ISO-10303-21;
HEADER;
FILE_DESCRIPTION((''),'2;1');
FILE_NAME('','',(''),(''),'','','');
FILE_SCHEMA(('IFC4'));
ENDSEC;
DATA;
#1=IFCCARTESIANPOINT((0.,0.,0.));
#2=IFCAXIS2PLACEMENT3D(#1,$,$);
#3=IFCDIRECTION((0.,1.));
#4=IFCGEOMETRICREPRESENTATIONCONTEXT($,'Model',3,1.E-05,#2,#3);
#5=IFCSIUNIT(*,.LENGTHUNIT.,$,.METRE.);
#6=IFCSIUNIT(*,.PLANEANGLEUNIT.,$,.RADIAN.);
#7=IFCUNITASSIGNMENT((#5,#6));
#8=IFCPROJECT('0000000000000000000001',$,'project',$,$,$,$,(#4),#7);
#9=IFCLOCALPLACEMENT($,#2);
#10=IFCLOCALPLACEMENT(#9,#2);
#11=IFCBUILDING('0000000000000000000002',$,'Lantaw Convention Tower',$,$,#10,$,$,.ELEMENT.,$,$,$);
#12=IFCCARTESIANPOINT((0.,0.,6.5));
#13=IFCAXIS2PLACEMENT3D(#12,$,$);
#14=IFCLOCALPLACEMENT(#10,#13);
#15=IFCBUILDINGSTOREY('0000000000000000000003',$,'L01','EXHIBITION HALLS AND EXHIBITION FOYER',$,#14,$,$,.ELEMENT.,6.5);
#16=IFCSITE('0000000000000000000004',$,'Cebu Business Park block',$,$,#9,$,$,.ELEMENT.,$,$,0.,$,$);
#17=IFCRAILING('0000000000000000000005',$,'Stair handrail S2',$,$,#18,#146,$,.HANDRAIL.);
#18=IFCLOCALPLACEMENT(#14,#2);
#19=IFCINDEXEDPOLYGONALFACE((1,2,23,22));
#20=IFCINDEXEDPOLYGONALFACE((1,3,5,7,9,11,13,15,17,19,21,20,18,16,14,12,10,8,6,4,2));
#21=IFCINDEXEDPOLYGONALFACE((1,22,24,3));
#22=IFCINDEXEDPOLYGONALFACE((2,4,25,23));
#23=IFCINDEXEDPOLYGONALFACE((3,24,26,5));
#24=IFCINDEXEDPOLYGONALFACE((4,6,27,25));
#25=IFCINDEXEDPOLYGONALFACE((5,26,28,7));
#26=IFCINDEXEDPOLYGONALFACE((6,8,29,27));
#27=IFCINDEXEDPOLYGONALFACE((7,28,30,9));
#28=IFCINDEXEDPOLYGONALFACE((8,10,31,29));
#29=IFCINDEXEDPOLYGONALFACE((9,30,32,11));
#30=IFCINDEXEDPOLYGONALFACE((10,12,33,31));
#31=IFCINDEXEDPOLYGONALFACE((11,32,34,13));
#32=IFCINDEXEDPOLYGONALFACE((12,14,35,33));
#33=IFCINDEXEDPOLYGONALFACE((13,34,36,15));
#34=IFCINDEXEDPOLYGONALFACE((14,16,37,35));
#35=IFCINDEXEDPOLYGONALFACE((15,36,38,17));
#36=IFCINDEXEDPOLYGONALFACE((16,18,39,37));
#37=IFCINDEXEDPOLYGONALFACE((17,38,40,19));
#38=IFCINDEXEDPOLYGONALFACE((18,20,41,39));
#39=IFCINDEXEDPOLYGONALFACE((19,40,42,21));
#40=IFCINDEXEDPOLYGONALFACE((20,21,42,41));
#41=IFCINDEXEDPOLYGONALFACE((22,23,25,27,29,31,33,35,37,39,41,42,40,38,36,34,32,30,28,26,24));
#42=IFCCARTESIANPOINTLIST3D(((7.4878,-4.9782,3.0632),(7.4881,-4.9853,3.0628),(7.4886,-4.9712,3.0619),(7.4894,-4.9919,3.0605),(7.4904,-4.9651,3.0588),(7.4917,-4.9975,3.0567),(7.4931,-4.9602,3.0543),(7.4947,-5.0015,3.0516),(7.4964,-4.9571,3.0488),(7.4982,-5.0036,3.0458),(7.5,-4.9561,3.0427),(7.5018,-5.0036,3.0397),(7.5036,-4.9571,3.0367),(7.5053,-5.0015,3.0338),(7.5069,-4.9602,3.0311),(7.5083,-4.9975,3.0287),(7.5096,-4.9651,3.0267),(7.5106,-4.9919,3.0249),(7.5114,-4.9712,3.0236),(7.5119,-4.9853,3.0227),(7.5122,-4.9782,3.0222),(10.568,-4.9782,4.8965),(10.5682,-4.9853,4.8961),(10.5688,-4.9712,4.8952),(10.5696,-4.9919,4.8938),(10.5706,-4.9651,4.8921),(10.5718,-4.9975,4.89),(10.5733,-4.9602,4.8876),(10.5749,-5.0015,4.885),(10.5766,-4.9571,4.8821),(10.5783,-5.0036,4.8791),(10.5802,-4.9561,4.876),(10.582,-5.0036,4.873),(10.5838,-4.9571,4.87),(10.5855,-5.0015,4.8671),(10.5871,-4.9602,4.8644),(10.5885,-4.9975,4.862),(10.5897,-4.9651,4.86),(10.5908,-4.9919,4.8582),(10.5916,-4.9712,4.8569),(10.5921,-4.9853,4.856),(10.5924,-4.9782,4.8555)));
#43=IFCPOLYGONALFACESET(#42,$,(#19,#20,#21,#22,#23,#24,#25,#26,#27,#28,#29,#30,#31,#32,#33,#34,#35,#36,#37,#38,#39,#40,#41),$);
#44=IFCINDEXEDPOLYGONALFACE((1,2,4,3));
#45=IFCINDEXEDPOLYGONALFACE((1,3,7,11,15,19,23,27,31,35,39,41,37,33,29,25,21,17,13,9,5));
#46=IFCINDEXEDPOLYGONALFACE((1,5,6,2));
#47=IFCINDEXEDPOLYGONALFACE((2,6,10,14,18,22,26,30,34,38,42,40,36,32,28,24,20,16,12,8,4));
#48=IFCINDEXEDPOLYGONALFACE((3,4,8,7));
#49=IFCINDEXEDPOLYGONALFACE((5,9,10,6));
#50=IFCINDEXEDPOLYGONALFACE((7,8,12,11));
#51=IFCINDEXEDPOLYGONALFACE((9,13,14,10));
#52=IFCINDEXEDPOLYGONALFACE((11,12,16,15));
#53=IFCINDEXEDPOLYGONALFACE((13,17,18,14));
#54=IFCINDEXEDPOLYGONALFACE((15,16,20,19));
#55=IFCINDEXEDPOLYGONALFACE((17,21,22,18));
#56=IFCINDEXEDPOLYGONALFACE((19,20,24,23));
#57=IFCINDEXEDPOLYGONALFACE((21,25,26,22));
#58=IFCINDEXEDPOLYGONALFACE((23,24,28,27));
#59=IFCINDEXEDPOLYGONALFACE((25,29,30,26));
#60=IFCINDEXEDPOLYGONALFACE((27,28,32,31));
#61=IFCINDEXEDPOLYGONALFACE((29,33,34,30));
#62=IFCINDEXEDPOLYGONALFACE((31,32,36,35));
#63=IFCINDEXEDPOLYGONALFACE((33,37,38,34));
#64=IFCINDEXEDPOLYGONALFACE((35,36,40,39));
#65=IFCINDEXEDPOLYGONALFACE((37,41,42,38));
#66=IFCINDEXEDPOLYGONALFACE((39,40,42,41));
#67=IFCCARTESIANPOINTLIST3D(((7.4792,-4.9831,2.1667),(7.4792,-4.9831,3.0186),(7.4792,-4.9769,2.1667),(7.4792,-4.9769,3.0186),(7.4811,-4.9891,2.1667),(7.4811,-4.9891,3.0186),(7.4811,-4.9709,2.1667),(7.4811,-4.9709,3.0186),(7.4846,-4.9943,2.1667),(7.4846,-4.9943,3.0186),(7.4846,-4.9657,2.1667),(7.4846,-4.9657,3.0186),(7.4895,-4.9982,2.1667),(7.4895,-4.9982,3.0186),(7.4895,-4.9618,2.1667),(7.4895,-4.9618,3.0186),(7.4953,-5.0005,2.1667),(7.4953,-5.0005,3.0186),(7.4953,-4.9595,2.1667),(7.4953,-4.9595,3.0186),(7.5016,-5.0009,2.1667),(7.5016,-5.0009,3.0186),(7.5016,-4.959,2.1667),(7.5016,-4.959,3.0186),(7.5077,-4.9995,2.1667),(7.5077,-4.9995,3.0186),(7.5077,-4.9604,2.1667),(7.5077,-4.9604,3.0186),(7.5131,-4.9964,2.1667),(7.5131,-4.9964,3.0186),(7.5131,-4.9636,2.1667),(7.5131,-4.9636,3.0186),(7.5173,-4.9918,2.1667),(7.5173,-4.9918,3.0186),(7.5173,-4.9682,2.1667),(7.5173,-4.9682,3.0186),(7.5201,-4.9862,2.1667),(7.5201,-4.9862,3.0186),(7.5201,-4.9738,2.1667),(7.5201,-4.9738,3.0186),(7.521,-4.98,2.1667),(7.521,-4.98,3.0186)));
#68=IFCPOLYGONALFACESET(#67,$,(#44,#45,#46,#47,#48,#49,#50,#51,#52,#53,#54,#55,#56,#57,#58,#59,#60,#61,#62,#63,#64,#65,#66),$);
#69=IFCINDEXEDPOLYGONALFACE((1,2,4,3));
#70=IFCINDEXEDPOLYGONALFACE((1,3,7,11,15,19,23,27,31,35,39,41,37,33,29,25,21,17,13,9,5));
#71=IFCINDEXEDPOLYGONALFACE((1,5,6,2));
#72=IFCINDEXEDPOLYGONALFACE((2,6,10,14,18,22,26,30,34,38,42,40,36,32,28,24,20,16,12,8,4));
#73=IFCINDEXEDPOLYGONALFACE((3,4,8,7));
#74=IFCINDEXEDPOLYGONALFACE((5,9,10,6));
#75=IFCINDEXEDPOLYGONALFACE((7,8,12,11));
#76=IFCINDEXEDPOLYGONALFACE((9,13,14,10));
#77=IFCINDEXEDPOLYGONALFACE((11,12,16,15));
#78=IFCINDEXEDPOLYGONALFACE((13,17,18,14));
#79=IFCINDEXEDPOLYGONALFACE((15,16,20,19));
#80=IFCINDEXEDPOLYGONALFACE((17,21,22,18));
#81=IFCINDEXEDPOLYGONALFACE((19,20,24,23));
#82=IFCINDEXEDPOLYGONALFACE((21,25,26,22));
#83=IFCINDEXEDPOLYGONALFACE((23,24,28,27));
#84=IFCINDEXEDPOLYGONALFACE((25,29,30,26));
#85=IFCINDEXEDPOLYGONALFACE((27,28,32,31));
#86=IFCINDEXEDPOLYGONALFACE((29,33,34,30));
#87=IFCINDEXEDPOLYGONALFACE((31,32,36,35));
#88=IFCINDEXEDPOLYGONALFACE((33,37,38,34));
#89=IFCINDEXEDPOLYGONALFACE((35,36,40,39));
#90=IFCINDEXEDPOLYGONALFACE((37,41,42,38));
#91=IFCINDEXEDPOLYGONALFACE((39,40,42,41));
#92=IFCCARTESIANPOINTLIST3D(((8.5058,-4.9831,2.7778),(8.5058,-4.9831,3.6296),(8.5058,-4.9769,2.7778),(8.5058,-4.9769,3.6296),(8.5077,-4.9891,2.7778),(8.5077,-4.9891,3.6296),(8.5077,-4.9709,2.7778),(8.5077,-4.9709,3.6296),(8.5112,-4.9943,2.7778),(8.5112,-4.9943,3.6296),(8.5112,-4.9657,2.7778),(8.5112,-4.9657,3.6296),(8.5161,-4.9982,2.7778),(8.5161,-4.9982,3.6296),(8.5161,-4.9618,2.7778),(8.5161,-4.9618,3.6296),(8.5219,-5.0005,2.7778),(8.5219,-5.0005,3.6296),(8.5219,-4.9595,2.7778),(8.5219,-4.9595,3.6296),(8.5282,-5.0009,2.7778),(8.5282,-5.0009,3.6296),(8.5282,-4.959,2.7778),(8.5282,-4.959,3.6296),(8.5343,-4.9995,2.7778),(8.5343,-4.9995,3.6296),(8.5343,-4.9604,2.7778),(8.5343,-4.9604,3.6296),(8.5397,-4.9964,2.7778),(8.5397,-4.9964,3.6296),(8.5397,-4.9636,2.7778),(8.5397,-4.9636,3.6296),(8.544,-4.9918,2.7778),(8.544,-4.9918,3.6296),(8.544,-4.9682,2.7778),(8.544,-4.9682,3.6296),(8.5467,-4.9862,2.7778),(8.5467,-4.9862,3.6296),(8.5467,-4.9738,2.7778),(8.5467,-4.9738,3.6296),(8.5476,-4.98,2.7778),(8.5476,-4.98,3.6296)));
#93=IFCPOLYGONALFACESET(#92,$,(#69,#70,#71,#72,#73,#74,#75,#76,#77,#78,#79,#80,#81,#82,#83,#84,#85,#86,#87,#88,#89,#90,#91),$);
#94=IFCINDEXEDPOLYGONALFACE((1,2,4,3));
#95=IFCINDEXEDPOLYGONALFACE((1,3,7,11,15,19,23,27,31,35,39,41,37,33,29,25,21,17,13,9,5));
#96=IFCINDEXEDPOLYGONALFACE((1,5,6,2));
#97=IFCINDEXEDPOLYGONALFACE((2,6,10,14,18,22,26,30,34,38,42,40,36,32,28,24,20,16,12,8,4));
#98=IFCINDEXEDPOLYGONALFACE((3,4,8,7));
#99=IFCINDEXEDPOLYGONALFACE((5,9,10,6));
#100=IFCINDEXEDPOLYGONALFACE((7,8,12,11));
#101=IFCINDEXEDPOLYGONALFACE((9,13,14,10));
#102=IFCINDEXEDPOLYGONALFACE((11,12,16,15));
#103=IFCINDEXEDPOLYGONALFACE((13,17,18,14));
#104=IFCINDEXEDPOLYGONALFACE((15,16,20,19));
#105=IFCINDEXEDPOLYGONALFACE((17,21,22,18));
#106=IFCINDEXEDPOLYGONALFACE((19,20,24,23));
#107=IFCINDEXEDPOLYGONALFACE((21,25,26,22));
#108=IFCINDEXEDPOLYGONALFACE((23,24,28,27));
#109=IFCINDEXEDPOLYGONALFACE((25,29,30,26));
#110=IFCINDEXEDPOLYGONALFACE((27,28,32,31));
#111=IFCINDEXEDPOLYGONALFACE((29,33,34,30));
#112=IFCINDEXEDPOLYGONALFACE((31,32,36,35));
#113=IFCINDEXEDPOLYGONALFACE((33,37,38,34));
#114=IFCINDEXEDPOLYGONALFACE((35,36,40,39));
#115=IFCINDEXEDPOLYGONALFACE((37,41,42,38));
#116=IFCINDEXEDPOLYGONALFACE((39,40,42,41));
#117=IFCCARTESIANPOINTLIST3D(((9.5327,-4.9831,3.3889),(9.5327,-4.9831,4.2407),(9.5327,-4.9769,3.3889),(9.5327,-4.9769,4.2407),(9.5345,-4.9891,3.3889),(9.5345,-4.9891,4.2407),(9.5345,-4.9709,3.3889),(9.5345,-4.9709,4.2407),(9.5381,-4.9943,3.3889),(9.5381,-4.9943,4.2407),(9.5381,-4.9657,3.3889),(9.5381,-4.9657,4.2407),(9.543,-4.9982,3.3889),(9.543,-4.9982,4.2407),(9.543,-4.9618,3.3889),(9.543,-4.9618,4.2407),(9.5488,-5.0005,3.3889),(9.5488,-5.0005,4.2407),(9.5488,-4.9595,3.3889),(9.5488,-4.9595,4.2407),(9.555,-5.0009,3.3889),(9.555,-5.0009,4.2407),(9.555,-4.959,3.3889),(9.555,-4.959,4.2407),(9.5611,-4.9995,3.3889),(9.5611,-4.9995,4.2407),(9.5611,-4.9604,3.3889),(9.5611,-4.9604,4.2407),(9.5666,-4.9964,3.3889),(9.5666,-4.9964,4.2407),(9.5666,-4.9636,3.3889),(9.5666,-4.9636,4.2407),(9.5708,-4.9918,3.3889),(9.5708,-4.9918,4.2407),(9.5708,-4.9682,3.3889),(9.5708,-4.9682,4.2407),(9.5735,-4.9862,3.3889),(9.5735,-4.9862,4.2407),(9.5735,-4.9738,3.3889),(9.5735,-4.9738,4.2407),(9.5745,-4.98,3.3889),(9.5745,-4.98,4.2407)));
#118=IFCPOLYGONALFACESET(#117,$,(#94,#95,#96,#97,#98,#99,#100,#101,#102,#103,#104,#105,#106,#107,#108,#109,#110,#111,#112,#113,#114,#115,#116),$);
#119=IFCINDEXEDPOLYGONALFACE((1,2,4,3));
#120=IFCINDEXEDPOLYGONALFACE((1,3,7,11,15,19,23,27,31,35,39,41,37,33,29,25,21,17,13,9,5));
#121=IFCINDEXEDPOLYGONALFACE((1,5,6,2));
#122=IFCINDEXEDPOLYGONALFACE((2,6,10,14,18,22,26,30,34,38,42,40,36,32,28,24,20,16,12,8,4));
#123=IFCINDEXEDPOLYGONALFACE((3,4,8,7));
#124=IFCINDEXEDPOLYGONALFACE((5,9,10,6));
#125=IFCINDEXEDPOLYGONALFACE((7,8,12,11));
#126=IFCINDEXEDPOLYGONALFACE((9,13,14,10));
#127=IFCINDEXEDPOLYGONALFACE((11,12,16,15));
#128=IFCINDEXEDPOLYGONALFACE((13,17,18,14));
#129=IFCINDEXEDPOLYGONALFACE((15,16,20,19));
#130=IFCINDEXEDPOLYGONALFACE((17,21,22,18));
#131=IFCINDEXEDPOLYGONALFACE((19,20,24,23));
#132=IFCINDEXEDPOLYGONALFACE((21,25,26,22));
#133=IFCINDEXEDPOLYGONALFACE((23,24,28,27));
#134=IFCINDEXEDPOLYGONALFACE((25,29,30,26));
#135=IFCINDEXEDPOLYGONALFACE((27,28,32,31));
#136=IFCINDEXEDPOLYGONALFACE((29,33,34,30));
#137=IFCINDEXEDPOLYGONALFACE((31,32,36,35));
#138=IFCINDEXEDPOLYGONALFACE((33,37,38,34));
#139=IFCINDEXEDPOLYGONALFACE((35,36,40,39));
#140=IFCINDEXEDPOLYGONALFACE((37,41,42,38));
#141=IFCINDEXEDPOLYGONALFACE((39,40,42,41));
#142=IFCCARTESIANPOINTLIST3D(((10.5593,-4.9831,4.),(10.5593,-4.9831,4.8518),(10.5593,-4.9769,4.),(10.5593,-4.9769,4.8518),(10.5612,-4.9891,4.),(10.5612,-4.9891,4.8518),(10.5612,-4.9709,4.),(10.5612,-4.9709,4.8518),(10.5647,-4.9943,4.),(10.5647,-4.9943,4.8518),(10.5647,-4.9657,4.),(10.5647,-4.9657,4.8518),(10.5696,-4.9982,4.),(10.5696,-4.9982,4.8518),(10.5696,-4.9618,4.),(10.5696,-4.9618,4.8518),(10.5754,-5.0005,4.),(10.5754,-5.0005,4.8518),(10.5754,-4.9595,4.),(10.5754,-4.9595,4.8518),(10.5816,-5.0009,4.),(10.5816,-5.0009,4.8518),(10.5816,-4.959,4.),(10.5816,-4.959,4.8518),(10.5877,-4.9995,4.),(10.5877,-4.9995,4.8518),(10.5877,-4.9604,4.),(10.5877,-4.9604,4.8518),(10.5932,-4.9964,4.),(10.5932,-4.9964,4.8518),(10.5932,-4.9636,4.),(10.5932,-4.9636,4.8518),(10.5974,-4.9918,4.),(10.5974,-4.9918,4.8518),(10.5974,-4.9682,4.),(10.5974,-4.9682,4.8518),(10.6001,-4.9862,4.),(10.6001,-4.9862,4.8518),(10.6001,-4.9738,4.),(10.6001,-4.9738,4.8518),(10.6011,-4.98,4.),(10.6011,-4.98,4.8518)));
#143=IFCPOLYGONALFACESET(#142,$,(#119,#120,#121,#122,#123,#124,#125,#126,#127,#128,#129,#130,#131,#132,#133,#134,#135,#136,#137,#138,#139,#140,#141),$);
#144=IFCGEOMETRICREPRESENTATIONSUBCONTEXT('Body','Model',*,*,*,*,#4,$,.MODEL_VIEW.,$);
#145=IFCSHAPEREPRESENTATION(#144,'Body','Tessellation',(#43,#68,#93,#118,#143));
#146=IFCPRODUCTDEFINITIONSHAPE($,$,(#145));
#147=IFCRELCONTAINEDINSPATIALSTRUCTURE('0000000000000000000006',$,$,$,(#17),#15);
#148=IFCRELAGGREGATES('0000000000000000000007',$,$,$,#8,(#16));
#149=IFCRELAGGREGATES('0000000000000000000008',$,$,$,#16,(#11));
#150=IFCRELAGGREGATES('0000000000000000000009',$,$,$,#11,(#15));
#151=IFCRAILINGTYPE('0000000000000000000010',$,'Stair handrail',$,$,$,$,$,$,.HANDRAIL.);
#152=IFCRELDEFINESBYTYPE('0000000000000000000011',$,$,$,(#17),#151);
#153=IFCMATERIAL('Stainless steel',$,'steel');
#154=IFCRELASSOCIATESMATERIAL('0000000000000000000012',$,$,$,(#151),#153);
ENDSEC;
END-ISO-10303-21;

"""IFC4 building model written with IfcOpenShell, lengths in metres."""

from ifc_helpers import new_model, si_unit, direction, frame, origin, origin_2d, place, context, subcontext, project, spatial, circle, extrude, material, type_object, element, save


model = new_model("IFC4")

# Units and contexts
model_context = context("Model", 3, precision=1e-05, world=origin(), true_north=direction((0.0, 1.0)))
body_context = subcontext(model_context, "Body", "Model", "MODEL_VIEW")
ifc_project = project(units=[si_unit("LENGTHUNIT", "METRE"), si_unit("PLANEANGLEUNIT", "RADIAN")], contexts=[model_context])

# Site, building, storey
site_placement = place(None, origin())
site = spatial("IfcSite", under=ifc_project, at=site_placement, Name="Cebu Business Park block", CompositionType="ELEMENT", RefElevation=0.0)
building_placement = place(site_placement, origin())
building = spatial("IfcBuilding", under=site, at=building_placement, Name="Lantaw Convention Tower", CompositionType="ELEMENT")
storey_placement = place(building_placement, frame((0.0, 0.0, 6.5)))
storey = spatial("IfcBuildingStorey", under=building, at=storey_placement, Name="L01", Description="EXHIBITION HALLS AND EXHIBITION FOYER", CompositionType="ELEMENT", Elevation=6.5)

# Railing
ifc_material_1 = material(Name="Stainless steel", Category="steel")
railing_type = type_object("IfcRailingType", Name="Stair handrail", PredefinedType="HANDRAIL", material=ifc_material_1)
railing_1_placement = place(storey_placement, frame((7.5, -4.98, 2.1667)))
element("IfcRailing", 1, at=railing_1_placement, inside=storey, type_object=railing_type, Name="Stair handrail S2", PredefinedType="HANDRAIL", context=body_context, shape_type="SweptSolid", body=[
    extrude(circle(Radius=0.0239, at=origin_2d()), frame((0.0, 0.0, 0.876), z_axis=(0.859309, 0.0, 0.511458), x_axis=(0.0, 1.0, 0.0)), (0.0, 0.0, 1.0), 3.5845),
    extrude(circle(Radius=0.021, at=origin_2d()), origin(), (0.0, 0.0, 1.0), 0.8518),
    extrude(circle(Radius=0.021, at=origin_2d()), frame((1.0266, 0.0, 0.6111)), (0.0, 0.0, 1.0), 0.8518),
    extrude(circle(Radius=0.021, at=origin_2d()), frame((2.0535, 0.0, 1.2222)), (0.0, 0.0, 1.0), 0.8518),
    extrude(circle(Radius=0.021, at=origin_2d()), frame((3.0801, 0.0, 1.8333)), (0.0, 0.0, 1.0), 0.8518),
])

save(model, "model.ifc")
